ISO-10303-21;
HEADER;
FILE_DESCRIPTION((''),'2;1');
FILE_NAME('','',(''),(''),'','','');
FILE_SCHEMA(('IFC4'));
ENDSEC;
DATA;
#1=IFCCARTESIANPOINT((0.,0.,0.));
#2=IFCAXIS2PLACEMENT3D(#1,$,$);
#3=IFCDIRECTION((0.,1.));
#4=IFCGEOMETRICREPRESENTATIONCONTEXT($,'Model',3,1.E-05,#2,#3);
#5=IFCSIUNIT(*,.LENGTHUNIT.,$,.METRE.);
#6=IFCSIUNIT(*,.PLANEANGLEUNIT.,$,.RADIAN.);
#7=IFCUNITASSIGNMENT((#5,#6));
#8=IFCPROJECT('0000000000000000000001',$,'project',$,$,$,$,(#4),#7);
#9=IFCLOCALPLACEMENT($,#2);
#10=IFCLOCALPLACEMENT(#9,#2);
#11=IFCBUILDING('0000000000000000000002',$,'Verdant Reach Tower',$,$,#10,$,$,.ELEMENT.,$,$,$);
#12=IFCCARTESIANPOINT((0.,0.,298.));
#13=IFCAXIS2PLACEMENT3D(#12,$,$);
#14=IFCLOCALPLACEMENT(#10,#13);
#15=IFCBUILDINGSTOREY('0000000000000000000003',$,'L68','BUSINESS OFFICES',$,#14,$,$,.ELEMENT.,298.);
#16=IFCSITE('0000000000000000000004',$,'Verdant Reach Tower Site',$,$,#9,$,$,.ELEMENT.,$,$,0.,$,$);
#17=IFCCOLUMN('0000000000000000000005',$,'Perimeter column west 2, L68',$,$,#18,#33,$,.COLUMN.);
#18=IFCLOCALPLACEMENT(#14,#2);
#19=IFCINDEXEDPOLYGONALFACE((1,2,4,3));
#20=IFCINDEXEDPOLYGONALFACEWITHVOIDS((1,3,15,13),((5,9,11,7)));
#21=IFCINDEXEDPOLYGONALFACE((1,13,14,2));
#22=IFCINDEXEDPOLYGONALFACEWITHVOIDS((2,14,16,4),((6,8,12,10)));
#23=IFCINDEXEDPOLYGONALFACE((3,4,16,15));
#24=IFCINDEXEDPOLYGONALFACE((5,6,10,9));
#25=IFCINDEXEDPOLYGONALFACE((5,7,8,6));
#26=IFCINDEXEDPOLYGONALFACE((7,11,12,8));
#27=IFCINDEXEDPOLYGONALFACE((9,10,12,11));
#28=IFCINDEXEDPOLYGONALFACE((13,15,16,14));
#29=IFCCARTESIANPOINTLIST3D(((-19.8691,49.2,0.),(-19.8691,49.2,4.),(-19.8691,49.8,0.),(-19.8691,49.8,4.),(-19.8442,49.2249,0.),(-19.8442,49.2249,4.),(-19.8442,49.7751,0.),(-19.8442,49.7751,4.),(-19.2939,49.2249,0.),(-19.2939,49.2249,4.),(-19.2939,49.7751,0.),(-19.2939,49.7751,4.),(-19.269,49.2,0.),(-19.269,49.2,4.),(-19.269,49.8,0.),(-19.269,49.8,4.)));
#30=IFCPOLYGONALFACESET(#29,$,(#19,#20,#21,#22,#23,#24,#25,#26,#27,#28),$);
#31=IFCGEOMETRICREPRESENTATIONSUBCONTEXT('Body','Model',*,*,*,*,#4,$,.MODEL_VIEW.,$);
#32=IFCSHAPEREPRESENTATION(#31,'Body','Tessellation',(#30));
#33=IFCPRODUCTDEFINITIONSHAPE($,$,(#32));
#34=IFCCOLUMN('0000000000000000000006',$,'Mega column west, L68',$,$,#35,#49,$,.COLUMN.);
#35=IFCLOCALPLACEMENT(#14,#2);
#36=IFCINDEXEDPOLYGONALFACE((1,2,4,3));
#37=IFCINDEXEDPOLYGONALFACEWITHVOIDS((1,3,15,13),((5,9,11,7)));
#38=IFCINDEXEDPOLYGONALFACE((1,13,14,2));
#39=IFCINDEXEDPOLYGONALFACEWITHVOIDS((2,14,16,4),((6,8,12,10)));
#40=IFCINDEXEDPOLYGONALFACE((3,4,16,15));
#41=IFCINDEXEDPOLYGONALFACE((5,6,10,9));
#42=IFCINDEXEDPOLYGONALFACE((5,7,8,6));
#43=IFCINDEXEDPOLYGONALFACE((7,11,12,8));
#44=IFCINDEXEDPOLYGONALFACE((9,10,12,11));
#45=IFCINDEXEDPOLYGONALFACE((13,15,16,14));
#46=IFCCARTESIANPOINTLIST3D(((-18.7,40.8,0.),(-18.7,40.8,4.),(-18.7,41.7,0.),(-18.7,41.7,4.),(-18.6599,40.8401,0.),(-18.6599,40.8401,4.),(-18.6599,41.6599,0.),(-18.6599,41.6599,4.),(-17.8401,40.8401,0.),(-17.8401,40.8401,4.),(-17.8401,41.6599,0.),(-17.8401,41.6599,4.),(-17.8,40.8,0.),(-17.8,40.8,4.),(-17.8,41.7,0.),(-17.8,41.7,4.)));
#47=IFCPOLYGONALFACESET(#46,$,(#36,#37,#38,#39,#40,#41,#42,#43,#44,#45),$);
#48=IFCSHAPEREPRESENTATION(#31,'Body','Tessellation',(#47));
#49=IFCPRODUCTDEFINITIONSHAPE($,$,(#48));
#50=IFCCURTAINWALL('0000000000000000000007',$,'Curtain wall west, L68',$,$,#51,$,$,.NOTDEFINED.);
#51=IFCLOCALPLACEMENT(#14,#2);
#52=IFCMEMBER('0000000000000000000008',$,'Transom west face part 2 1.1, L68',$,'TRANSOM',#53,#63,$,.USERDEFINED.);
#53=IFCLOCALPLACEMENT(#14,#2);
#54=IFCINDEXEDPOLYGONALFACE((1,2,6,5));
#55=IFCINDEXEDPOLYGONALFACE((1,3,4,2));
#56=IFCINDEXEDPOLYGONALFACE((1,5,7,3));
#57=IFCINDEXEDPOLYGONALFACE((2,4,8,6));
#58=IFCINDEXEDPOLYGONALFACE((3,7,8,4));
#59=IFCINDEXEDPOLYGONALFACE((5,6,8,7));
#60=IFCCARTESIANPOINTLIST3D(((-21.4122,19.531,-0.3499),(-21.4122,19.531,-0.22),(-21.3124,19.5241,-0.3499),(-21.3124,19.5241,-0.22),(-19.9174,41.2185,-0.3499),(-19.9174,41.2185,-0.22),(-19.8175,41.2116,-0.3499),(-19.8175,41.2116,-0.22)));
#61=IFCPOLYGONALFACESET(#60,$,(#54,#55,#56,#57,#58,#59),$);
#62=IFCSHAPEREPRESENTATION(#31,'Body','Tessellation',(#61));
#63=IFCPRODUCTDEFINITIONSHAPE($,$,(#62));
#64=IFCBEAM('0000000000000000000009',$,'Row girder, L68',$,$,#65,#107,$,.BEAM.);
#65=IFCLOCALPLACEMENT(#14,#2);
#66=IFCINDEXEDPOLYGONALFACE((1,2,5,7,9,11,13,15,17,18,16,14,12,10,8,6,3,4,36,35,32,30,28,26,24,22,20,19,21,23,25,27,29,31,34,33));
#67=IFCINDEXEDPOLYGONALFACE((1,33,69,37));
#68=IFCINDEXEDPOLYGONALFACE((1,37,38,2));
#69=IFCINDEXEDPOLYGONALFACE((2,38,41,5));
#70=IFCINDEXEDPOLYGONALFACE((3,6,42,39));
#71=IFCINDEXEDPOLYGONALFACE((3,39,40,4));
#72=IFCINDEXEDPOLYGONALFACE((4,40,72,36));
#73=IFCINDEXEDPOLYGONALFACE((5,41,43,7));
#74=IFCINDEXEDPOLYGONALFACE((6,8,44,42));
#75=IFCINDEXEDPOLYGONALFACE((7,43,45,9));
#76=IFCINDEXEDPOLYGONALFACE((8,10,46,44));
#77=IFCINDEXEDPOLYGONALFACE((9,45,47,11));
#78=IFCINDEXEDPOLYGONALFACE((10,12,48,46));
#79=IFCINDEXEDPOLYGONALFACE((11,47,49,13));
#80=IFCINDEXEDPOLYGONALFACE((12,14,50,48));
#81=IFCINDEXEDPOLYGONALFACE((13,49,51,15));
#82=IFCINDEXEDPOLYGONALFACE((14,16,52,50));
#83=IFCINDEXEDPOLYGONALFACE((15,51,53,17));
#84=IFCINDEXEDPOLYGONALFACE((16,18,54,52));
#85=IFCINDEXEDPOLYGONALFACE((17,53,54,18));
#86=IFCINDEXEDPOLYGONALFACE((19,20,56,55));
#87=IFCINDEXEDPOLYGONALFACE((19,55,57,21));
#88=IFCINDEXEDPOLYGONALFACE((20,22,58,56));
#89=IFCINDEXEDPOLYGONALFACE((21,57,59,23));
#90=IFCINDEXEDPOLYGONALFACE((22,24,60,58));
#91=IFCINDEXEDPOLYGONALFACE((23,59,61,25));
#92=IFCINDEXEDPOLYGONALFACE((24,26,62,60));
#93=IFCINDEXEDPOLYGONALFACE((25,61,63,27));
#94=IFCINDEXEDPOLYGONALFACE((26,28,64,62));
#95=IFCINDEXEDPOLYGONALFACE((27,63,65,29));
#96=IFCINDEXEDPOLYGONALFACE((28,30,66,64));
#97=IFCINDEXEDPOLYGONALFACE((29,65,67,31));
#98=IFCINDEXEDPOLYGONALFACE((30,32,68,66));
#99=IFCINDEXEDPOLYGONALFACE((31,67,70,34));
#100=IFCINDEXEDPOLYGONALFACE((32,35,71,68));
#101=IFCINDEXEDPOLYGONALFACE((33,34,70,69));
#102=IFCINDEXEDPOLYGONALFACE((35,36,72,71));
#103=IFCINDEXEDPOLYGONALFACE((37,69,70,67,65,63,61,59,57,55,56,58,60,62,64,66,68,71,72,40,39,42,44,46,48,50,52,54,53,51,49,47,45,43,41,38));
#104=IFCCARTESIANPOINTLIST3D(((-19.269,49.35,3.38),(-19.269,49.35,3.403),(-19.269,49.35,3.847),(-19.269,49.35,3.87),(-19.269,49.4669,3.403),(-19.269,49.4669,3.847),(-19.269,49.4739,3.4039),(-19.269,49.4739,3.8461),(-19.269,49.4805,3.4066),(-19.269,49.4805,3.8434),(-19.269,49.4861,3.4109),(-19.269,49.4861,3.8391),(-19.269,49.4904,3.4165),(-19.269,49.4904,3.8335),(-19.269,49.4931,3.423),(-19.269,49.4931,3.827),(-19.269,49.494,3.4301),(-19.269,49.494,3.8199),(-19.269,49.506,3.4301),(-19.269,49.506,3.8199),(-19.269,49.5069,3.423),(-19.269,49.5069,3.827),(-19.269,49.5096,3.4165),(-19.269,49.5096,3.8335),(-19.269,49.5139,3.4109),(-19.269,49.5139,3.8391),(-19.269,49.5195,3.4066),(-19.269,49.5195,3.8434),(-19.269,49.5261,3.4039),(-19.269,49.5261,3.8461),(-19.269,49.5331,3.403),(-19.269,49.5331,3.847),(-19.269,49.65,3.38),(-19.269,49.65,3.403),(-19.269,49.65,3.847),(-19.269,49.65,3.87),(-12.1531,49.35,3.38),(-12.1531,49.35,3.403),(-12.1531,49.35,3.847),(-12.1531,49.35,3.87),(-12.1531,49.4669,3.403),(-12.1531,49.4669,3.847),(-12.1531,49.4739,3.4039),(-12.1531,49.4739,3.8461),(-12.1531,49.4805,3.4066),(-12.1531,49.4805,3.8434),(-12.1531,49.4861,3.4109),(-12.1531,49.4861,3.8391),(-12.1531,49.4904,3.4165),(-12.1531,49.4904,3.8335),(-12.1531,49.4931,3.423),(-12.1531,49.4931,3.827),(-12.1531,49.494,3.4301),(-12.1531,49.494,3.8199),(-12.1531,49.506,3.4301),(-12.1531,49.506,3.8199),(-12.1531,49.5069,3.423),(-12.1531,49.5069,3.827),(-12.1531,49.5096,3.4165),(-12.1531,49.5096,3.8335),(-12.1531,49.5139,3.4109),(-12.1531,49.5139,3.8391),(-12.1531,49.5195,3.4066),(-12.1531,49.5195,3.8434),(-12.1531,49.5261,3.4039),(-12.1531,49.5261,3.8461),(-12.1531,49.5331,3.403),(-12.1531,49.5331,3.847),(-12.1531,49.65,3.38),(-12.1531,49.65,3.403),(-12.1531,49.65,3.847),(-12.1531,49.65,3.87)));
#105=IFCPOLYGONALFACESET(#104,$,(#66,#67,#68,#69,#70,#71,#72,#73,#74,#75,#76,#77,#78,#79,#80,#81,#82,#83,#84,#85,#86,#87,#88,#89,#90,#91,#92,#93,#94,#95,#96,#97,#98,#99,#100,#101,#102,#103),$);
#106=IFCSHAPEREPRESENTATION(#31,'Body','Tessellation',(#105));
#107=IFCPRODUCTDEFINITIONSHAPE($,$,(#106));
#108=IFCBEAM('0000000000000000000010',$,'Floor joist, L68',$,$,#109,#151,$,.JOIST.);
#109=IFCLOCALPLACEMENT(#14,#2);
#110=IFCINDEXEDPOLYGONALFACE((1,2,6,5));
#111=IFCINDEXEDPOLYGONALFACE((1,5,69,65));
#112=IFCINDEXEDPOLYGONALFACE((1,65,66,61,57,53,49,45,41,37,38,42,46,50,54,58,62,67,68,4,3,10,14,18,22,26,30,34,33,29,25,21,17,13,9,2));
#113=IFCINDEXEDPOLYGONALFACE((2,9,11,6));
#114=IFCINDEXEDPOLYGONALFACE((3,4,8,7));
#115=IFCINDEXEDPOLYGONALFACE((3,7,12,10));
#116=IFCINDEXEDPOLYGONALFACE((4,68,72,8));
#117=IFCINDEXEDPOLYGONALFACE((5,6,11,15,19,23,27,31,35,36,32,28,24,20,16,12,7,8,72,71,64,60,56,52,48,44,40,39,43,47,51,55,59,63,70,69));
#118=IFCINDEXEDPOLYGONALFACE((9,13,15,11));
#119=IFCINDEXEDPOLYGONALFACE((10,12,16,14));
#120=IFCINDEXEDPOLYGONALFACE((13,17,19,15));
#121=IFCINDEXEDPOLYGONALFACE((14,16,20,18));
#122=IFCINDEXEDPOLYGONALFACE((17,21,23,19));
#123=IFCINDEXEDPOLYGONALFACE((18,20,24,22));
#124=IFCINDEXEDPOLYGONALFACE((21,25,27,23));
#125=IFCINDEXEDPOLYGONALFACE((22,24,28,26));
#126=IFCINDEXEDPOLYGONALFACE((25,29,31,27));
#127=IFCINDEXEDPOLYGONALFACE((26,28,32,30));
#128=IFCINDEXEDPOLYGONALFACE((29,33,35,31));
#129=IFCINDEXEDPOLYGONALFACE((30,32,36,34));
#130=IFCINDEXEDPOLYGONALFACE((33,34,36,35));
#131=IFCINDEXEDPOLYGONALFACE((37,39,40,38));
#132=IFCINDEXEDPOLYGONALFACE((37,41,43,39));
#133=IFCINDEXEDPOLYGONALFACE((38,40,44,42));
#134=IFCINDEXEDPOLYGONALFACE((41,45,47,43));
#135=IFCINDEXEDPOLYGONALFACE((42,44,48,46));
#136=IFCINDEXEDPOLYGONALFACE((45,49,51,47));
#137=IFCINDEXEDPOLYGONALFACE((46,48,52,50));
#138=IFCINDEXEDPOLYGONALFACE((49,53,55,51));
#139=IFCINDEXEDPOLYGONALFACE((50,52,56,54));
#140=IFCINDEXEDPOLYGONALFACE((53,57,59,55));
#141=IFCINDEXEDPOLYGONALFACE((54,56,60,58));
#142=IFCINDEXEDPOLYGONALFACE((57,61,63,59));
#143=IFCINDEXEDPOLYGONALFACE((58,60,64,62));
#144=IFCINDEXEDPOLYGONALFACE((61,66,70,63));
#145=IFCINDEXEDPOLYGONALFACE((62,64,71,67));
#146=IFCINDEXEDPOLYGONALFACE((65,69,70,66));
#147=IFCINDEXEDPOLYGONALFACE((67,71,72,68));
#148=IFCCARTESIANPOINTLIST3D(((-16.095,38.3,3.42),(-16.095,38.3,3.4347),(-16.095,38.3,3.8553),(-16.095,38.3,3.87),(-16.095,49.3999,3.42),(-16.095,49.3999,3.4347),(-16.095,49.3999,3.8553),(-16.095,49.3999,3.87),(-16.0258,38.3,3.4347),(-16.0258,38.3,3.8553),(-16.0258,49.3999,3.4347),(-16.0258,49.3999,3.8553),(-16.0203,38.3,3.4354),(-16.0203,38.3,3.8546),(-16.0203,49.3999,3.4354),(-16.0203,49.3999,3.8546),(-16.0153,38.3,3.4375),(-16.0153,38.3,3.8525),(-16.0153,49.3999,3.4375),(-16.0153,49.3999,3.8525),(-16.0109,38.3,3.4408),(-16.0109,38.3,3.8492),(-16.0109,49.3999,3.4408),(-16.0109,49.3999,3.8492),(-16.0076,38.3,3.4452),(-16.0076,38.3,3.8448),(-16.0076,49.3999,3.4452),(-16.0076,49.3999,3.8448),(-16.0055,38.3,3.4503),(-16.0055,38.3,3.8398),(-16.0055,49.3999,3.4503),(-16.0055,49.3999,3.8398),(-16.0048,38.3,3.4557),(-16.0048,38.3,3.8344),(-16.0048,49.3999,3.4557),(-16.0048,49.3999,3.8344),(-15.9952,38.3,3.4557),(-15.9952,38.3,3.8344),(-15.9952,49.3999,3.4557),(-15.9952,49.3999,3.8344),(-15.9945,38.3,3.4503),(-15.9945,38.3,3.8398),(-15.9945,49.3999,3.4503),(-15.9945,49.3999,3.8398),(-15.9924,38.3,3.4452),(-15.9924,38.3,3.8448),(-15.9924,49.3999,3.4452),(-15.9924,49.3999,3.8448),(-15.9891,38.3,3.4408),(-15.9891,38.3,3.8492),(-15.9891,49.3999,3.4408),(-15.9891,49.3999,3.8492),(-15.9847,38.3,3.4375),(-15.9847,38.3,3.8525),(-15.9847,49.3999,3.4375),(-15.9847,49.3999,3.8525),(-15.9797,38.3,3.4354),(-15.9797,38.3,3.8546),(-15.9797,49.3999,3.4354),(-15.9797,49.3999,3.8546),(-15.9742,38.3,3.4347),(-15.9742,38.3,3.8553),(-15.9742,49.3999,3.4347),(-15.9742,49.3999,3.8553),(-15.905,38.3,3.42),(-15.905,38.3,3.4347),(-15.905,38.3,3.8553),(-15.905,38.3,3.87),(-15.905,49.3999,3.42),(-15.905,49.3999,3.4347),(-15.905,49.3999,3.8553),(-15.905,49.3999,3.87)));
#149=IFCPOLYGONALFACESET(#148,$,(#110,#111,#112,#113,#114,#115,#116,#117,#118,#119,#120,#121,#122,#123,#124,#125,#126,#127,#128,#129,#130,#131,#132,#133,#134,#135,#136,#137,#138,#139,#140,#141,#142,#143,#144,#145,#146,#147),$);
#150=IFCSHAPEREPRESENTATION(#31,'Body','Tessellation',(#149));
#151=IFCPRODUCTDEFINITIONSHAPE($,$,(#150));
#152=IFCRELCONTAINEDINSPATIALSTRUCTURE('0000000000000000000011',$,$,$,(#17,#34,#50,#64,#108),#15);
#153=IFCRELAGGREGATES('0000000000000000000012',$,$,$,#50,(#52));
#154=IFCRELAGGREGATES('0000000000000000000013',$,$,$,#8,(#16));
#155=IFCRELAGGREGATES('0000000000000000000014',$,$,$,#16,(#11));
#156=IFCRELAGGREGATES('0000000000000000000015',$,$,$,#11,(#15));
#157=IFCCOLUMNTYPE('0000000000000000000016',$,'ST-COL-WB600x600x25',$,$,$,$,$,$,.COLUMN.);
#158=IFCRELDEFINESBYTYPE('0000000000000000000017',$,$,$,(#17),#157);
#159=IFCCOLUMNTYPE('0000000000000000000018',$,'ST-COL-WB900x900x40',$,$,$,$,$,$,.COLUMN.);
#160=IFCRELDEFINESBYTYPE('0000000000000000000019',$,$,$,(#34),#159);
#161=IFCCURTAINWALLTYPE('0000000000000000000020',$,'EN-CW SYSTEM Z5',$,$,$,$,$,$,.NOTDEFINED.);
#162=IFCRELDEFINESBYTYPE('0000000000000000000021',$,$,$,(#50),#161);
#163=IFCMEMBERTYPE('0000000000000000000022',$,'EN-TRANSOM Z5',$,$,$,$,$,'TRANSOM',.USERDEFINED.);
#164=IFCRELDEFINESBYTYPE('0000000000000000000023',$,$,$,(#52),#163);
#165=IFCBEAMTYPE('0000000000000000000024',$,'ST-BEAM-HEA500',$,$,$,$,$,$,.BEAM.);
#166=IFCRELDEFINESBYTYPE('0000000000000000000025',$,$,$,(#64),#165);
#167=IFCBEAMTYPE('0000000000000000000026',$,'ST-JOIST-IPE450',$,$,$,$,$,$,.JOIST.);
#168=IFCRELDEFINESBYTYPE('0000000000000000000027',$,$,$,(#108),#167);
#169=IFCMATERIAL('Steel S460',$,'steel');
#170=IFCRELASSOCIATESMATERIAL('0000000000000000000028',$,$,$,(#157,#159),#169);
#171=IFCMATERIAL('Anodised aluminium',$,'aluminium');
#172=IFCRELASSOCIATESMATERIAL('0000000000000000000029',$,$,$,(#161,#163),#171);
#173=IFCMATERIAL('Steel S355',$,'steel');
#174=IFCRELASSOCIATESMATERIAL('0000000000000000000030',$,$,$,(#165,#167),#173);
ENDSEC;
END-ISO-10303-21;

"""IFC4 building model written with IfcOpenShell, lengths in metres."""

from ifc_helpers import new_model, si_unit, direction, frame, origin, origin_2d, place, context, subcontext, project, spatial, rectangle, hollow_rectangle, i_section, extrude, material, material_profile, profile_set, type_object, element, aggregate, save


model = new_model("IFC4")

# Units and contexts
model_context = context("Model", 3, precision=1e-05, world=origin(), true_north=direction((0.0, 1.0)))
body_context = subcontext(model_context, "Body", "Model", "MODEL_VIEW")
ifc_project = project(units=[si_unit("LENGTHUNIT", "METRE"), si_unit("PLANEANGLEUNIT", "RADIAN")], contexts=[model_context])

# Site, building, storey
site_placement = place(None, origin())
site = spatial("IfcSite", under=ifc_project, at=site_placement, Name="Verdant Reach Tower Site", CompositionType="ELEMENT", RefElevation=0.0)
building_placement = place(site_placement, origin())
building = spatial("IfcBuilding", under=site, at=building_placement, Name="Verdant Reach Tower", CompositionType="ELEMENT")
storey_placement = place(building_placement, frame((0.0, 0.0, 298.0)))
storey = spatial("IfcBuildingStorey", under=building, at=storey_placement, Name="L68", Description="BUSINESS OFFICES", CompositionType="ELEMENT", Elevation=298.0)

# Columns
ifc_material_1 = material(Name="Steel S460", Category="steel")
ifc_material_profile_1 = material_profile(ifc_material_1, hollow_rectangle(XDim=0.6001, YDim=0.6001, WallThickness=0.0249, at=origin_2d()), Name="WB 600x600x25")
ifc_profile_set_1 = profile_set([ifc_material_profile_1], Name="Steel S460")
column_type_1 = type_object("IfcColumnType", Name="ST-COL-WB600x600x25", PredefinedType="COLUMN", material=ifc_profile_set_1)
column_1_placement = place(storey_placement, frame((-19.5691, 49.5, 0.0), z_axis=(0.0, 0.0, 1.0), x_axis=(1.0, 0.0, 0.0)))
element("IfcColumn", 1, at=column_1_placement, inside=storey, type_object=column_type_1, Name="Perimeter column west 2, L68", PredefinedType="COLUMN", context=body_context, shape_type="SweptSolid", body=[
    extrude(hollow_rectangle(XDim=0.6001, YDim=0.6001, WallThickness=0.0249, at=origin_2d()), origin(), (0.0, 0.0, 1.0), 4.0),
])
ifc_material_profile_2 = material_profile(ifc_material_1, hollow_rectangle(XDim=0.8999, YDim=0.8999, WallThickness=0.04, at=origin_2d()), Name="WB 900x900x40")
ifc_profile_set_2 = profile_set([ifc_material_profile_2], Name="Steel S460")
column_type_2 = type_object("IfcColumnType", Name="ST-COL-WB900x900x40", PredefinedType="COLUMN", material=ifc_profile_set_2)
column_2_placement = place(storey_placement, frame((-18.25, 41.25, 0.0), z_axis=(0.0, 0.0, 1.0), x_axis=(1.0, 0.0, 0.0)))
element("IfcColumn", 2, at=column_2_placement, inside=storey, type_object=column_type_2, Name="Mega column west, L68", PredefinedType="COLUMN", context=body_context, shape_type="SweptSolid", body=[
    extrude(hollow_rectangle(XDim=0.8999, YDim=0.8999, WallThickness=0.04, at=origin_2d()), origin(), (0.0, 0.0, 1.0), 4.0),
])

# Curtain wall, member
ifc_material_2 = material(Name="Anodised aluminium", Category="aluminium")
curtain_wall_type = type_object("IfcCurtainWallType", Name="EN-CW SYSTEM Z5", PredefinedType="NOTDEFINED", material=ifc_material_2)
curtain_wall_placement = place(storey_placement, origin())
curtain_wall = element("IfcCurtainWall", 3, at=curtain_wall_placement, inside=storey, type_object=curtain_wall_type, Name="Curtain wall west, L68", PredefinedType="NOTDEFINED")
ifc_material_profile_3 = material_profile(ifc_material_2, rectangle(XDim=0.1001, YDim=0.1299, at=origin_2d()), Name="Transom 130x100")
ifc_profile_set_3 = profile_set([ifc_material_profile_3], Name="Anodised aluminium")
member_type = type_object("IfcMemberType", Name="EN-TRANSOM Z5", ElementType="TRANSOM", PredefinedType="USERDEFINED", material=ifc_profile_set_3)
member_placement = place(storey_placement, frame((-19.8674, 41.2151, -0.2849), z_axis=(-0.068765, -0.997633, 0.0), x_axis=(0.997633, -0.068765, 0.0)))
member = element("IfcMember", 4, at=member_placement, type_object=member_type, Name="Transom west face part 2 1.1, L68", ObjectType="TRANSOM", PredefinedType="USERDEFINED", context=body_context, shape_type="SweptSolid", body=[
    extrude(rectangle(XDim=0.1001, YDim=0.1299, at=origin_2d()), origin(), (0.0, 0.0, 1.0), 21.739),
])

# Beams
ifc_material_3 = material(Name="Steel S355", Category="steel")
ifc_material_profile_4 = material_profile(ifc_material_3, i_section(OverallWidth=0.3, OverallDepth=0.49, WebThickness=0.012, FlangeThickness=0.0229, FilletRadius=0.0271, at=origin_2d()), Name="HEA 500")
ifc_profile_set_4 = profile_set([ifc_material_profile_4], Name="Steel S355")
beam_type_1 = type_object("IfcBeamType", Name="ST-BEAM-HEA500", PredefinedType="BEAM", material=ifc_profile_set_4)
beam_1_placement = place(storey_placement, frame((-19.269, 49.5, 3.625), z_axis=(1.0, 0.0, 0.0), x_axis=(0.0, 1.0, 0.0)))
element("IfcBeam", 5, at=beam_1_placement, inside=storey, type_object=beam_type_1, Name="Row girder, L68", PredefinedType="BEAM", context=body_context, shape_type="SweptSolid", body=[
    extrude(i_section(OverallWidth=0.3, OverallDepth=0.49, WebThickness=0.012, FlangeThickness=0.0229, FilletRadius=0.0271, at=origin_2d()), origin(), (0.0, 0.0, 1.0), 7.116),
])
ifc_material_profile_5 = material_profile(ifc_material_3, i_section(OverallWidth=0.1899, OverallDepth=0.45, WebThickness=0.0095, FlangeThickness=0.0146, FilletRadius=0.021, at=origin_2d()), Name="IPE 450")
ifc_profile_set_5 = profile_set([ifc_material_profile_5], Name="Steel S355")
beam_type_2 = type_object("IfcBeamType", Name="ST-JOIST-IPE450", PredefinedType="JOIST", material=ifc_profile_set_5)
beam_2_placement = place(storey_placement, frame((-16.0, 38.3, 3.645), z_axis=(0.0, 1.0, 0.0), x_axis=(-1.0, 0.0, 0.0)))
element("IfcBeam", 6, at=beam_2_placement, inside=storey, type_object=beam_type_2, Name="Floor joist, L68", PredefinedType="JOIST", context=body_context, shape_type="SweptSolid", body=[
    extrude(i_section(OverallWidth=0.1899, OverallDepth=0.45, WebThickness=0.0095, FlangeThickness=0.0146, FilletRadius=0.021, at=origin_2d()), origin(), (0.0, 0.0, 1.0), 11.0999),
])

aggregate(curtain_wall, [member])

save(model, "model.ifc")
